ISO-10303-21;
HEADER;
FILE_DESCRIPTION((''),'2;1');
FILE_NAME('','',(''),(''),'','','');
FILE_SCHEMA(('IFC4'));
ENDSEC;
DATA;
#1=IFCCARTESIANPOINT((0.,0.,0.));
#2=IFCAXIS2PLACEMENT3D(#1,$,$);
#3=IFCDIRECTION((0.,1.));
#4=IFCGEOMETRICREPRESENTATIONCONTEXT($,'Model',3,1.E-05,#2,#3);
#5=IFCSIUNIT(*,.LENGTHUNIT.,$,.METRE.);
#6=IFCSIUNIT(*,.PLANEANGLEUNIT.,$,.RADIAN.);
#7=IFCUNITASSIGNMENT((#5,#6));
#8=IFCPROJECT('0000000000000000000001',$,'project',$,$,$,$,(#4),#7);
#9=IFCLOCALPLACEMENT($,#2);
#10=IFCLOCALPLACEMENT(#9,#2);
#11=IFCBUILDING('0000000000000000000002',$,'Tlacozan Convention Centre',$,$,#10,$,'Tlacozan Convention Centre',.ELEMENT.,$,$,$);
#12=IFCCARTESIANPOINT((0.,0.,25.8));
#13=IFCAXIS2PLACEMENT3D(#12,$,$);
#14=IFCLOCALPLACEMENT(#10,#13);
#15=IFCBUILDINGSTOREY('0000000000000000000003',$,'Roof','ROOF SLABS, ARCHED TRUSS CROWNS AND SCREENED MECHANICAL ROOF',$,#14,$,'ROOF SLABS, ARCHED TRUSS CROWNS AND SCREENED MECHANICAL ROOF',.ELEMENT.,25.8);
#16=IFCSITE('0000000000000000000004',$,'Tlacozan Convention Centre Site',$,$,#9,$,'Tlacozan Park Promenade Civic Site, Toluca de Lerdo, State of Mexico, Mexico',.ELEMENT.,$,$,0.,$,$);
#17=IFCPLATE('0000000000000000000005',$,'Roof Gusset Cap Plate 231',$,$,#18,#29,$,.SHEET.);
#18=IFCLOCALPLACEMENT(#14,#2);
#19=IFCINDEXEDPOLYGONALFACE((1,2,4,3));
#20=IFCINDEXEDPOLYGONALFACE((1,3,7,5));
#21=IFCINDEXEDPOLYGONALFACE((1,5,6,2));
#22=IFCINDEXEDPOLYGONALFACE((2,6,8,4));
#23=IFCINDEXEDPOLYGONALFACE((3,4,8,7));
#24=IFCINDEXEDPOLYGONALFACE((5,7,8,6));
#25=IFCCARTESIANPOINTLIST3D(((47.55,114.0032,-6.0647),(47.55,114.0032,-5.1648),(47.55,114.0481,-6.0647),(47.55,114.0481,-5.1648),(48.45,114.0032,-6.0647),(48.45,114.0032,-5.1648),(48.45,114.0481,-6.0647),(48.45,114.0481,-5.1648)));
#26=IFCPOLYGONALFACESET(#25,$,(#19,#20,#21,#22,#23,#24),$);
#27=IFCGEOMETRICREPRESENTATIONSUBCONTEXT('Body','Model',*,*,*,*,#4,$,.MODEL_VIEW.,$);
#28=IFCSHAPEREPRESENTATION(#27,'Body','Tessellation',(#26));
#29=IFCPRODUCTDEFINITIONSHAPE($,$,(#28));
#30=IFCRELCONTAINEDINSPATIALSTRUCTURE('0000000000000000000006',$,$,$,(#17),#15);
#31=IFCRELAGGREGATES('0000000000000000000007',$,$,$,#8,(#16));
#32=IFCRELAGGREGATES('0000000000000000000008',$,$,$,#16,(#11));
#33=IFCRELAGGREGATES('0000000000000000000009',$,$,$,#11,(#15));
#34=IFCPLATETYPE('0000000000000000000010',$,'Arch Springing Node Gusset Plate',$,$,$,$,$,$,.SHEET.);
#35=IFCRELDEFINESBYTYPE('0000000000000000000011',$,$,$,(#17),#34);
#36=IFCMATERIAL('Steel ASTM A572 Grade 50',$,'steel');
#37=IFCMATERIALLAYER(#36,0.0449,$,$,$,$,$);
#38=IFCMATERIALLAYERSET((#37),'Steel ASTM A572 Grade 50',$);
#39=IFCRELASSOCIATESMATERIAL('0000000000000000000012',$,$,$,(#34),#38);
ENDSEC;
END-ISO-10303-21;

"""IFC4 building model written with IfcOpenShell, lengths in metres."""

from ifc_helpers import new_model, si_unit, direction, frame, origin, origin_2d, place, context, subcontext, project, spatial, rectangle, extrude, material, layer, layer_set, type_object, element, save


model = new_model("IFC4")

# Units and contexts
model_context = context("Model", 3, precision=1e-05, world=origin(), true_north=direction((0.0, 1.0)))
body_context = subcontext(model_context, "Body", "Model", "MODEL_VIEW")
ifc_project = project(units=[si_unit("LENGTHUNIT", "METRE"), si_unit("PLANEANGLEUNIT", "RADIAN")], contexts=[model_context])

# Site, building, storey
site_placement = place(None, origin())
site = spatial("IfcSite", under=ifc_project, at=site_placement, Name="Tlacozan Convention Centre Site", LongName="Tlacozan Park Promenade Civic Site, Toluca de Lerdo, State of Mexico, Mexico", CompositionType="ELEMENT", RefElevation=0.0)
building_placement = place(site_placement, origin())
building = spatial("IfcBuilding", under=site, at=building_placement, Name="Tlacozan Convention Centre", LongName="Tlacozan Convention Centre", CompositionType="ELEMENT")
storey_placement = place(building_placement, frame((0.0, 0.0, 25.8)))
storey = spatial("IfcBuildingStorey", under=building, at=storey_placement, Name="Roof", Description="ROOF SLABS, ARCHED TRUSS CROWNS AND SCREENED MECHANICAL ROOF", LongName="ROOF SLABS, ARCHED TRUSS CROWNS AND SCREENED MECHANICAL ROOF", CompositionType="ELEMENT", Elevation=25.8)

# Plate
ifc_material_1 = material(Name="Steel ASTM A572 Grade 50", Category="steel")
ifc_layer = layer(ifc_material_1, 0.0449)
ifc_layer_set = layer_set([ifc_layer], Name="Steel ASTM A572 Grade 50")
plate_type = type_object("IfcPlateType", Name="Arch Springing Node Gusset Plate", PredefinedType="SHEET", material=ifc_layer_set)
for number, where, z_axis, x_axis, name in (
    (1, (48.0, 114.0256, -6.0647), (0.0, 0.0, 1.0), (0.0, 1.0, 0.0), "Roof Gusset Cap Plate 231"),
):
    element("IfcPlate", number, at=place(storey_placement, frame(where, z_axis=z_axis, x_axis=x_axis)), inside=storey, type_object=plate_type, Name=name, PredefinedType="SHEET", context=body_context, shape_type="SweptSolid", body=[
        extrude(rectangle(XDim=0.0449, YDim=0.8999, at=origin_2d()), origin(), (0.0, 0.0, 1.0), 0.8999),
    ])

save(model, "model.ifc")
